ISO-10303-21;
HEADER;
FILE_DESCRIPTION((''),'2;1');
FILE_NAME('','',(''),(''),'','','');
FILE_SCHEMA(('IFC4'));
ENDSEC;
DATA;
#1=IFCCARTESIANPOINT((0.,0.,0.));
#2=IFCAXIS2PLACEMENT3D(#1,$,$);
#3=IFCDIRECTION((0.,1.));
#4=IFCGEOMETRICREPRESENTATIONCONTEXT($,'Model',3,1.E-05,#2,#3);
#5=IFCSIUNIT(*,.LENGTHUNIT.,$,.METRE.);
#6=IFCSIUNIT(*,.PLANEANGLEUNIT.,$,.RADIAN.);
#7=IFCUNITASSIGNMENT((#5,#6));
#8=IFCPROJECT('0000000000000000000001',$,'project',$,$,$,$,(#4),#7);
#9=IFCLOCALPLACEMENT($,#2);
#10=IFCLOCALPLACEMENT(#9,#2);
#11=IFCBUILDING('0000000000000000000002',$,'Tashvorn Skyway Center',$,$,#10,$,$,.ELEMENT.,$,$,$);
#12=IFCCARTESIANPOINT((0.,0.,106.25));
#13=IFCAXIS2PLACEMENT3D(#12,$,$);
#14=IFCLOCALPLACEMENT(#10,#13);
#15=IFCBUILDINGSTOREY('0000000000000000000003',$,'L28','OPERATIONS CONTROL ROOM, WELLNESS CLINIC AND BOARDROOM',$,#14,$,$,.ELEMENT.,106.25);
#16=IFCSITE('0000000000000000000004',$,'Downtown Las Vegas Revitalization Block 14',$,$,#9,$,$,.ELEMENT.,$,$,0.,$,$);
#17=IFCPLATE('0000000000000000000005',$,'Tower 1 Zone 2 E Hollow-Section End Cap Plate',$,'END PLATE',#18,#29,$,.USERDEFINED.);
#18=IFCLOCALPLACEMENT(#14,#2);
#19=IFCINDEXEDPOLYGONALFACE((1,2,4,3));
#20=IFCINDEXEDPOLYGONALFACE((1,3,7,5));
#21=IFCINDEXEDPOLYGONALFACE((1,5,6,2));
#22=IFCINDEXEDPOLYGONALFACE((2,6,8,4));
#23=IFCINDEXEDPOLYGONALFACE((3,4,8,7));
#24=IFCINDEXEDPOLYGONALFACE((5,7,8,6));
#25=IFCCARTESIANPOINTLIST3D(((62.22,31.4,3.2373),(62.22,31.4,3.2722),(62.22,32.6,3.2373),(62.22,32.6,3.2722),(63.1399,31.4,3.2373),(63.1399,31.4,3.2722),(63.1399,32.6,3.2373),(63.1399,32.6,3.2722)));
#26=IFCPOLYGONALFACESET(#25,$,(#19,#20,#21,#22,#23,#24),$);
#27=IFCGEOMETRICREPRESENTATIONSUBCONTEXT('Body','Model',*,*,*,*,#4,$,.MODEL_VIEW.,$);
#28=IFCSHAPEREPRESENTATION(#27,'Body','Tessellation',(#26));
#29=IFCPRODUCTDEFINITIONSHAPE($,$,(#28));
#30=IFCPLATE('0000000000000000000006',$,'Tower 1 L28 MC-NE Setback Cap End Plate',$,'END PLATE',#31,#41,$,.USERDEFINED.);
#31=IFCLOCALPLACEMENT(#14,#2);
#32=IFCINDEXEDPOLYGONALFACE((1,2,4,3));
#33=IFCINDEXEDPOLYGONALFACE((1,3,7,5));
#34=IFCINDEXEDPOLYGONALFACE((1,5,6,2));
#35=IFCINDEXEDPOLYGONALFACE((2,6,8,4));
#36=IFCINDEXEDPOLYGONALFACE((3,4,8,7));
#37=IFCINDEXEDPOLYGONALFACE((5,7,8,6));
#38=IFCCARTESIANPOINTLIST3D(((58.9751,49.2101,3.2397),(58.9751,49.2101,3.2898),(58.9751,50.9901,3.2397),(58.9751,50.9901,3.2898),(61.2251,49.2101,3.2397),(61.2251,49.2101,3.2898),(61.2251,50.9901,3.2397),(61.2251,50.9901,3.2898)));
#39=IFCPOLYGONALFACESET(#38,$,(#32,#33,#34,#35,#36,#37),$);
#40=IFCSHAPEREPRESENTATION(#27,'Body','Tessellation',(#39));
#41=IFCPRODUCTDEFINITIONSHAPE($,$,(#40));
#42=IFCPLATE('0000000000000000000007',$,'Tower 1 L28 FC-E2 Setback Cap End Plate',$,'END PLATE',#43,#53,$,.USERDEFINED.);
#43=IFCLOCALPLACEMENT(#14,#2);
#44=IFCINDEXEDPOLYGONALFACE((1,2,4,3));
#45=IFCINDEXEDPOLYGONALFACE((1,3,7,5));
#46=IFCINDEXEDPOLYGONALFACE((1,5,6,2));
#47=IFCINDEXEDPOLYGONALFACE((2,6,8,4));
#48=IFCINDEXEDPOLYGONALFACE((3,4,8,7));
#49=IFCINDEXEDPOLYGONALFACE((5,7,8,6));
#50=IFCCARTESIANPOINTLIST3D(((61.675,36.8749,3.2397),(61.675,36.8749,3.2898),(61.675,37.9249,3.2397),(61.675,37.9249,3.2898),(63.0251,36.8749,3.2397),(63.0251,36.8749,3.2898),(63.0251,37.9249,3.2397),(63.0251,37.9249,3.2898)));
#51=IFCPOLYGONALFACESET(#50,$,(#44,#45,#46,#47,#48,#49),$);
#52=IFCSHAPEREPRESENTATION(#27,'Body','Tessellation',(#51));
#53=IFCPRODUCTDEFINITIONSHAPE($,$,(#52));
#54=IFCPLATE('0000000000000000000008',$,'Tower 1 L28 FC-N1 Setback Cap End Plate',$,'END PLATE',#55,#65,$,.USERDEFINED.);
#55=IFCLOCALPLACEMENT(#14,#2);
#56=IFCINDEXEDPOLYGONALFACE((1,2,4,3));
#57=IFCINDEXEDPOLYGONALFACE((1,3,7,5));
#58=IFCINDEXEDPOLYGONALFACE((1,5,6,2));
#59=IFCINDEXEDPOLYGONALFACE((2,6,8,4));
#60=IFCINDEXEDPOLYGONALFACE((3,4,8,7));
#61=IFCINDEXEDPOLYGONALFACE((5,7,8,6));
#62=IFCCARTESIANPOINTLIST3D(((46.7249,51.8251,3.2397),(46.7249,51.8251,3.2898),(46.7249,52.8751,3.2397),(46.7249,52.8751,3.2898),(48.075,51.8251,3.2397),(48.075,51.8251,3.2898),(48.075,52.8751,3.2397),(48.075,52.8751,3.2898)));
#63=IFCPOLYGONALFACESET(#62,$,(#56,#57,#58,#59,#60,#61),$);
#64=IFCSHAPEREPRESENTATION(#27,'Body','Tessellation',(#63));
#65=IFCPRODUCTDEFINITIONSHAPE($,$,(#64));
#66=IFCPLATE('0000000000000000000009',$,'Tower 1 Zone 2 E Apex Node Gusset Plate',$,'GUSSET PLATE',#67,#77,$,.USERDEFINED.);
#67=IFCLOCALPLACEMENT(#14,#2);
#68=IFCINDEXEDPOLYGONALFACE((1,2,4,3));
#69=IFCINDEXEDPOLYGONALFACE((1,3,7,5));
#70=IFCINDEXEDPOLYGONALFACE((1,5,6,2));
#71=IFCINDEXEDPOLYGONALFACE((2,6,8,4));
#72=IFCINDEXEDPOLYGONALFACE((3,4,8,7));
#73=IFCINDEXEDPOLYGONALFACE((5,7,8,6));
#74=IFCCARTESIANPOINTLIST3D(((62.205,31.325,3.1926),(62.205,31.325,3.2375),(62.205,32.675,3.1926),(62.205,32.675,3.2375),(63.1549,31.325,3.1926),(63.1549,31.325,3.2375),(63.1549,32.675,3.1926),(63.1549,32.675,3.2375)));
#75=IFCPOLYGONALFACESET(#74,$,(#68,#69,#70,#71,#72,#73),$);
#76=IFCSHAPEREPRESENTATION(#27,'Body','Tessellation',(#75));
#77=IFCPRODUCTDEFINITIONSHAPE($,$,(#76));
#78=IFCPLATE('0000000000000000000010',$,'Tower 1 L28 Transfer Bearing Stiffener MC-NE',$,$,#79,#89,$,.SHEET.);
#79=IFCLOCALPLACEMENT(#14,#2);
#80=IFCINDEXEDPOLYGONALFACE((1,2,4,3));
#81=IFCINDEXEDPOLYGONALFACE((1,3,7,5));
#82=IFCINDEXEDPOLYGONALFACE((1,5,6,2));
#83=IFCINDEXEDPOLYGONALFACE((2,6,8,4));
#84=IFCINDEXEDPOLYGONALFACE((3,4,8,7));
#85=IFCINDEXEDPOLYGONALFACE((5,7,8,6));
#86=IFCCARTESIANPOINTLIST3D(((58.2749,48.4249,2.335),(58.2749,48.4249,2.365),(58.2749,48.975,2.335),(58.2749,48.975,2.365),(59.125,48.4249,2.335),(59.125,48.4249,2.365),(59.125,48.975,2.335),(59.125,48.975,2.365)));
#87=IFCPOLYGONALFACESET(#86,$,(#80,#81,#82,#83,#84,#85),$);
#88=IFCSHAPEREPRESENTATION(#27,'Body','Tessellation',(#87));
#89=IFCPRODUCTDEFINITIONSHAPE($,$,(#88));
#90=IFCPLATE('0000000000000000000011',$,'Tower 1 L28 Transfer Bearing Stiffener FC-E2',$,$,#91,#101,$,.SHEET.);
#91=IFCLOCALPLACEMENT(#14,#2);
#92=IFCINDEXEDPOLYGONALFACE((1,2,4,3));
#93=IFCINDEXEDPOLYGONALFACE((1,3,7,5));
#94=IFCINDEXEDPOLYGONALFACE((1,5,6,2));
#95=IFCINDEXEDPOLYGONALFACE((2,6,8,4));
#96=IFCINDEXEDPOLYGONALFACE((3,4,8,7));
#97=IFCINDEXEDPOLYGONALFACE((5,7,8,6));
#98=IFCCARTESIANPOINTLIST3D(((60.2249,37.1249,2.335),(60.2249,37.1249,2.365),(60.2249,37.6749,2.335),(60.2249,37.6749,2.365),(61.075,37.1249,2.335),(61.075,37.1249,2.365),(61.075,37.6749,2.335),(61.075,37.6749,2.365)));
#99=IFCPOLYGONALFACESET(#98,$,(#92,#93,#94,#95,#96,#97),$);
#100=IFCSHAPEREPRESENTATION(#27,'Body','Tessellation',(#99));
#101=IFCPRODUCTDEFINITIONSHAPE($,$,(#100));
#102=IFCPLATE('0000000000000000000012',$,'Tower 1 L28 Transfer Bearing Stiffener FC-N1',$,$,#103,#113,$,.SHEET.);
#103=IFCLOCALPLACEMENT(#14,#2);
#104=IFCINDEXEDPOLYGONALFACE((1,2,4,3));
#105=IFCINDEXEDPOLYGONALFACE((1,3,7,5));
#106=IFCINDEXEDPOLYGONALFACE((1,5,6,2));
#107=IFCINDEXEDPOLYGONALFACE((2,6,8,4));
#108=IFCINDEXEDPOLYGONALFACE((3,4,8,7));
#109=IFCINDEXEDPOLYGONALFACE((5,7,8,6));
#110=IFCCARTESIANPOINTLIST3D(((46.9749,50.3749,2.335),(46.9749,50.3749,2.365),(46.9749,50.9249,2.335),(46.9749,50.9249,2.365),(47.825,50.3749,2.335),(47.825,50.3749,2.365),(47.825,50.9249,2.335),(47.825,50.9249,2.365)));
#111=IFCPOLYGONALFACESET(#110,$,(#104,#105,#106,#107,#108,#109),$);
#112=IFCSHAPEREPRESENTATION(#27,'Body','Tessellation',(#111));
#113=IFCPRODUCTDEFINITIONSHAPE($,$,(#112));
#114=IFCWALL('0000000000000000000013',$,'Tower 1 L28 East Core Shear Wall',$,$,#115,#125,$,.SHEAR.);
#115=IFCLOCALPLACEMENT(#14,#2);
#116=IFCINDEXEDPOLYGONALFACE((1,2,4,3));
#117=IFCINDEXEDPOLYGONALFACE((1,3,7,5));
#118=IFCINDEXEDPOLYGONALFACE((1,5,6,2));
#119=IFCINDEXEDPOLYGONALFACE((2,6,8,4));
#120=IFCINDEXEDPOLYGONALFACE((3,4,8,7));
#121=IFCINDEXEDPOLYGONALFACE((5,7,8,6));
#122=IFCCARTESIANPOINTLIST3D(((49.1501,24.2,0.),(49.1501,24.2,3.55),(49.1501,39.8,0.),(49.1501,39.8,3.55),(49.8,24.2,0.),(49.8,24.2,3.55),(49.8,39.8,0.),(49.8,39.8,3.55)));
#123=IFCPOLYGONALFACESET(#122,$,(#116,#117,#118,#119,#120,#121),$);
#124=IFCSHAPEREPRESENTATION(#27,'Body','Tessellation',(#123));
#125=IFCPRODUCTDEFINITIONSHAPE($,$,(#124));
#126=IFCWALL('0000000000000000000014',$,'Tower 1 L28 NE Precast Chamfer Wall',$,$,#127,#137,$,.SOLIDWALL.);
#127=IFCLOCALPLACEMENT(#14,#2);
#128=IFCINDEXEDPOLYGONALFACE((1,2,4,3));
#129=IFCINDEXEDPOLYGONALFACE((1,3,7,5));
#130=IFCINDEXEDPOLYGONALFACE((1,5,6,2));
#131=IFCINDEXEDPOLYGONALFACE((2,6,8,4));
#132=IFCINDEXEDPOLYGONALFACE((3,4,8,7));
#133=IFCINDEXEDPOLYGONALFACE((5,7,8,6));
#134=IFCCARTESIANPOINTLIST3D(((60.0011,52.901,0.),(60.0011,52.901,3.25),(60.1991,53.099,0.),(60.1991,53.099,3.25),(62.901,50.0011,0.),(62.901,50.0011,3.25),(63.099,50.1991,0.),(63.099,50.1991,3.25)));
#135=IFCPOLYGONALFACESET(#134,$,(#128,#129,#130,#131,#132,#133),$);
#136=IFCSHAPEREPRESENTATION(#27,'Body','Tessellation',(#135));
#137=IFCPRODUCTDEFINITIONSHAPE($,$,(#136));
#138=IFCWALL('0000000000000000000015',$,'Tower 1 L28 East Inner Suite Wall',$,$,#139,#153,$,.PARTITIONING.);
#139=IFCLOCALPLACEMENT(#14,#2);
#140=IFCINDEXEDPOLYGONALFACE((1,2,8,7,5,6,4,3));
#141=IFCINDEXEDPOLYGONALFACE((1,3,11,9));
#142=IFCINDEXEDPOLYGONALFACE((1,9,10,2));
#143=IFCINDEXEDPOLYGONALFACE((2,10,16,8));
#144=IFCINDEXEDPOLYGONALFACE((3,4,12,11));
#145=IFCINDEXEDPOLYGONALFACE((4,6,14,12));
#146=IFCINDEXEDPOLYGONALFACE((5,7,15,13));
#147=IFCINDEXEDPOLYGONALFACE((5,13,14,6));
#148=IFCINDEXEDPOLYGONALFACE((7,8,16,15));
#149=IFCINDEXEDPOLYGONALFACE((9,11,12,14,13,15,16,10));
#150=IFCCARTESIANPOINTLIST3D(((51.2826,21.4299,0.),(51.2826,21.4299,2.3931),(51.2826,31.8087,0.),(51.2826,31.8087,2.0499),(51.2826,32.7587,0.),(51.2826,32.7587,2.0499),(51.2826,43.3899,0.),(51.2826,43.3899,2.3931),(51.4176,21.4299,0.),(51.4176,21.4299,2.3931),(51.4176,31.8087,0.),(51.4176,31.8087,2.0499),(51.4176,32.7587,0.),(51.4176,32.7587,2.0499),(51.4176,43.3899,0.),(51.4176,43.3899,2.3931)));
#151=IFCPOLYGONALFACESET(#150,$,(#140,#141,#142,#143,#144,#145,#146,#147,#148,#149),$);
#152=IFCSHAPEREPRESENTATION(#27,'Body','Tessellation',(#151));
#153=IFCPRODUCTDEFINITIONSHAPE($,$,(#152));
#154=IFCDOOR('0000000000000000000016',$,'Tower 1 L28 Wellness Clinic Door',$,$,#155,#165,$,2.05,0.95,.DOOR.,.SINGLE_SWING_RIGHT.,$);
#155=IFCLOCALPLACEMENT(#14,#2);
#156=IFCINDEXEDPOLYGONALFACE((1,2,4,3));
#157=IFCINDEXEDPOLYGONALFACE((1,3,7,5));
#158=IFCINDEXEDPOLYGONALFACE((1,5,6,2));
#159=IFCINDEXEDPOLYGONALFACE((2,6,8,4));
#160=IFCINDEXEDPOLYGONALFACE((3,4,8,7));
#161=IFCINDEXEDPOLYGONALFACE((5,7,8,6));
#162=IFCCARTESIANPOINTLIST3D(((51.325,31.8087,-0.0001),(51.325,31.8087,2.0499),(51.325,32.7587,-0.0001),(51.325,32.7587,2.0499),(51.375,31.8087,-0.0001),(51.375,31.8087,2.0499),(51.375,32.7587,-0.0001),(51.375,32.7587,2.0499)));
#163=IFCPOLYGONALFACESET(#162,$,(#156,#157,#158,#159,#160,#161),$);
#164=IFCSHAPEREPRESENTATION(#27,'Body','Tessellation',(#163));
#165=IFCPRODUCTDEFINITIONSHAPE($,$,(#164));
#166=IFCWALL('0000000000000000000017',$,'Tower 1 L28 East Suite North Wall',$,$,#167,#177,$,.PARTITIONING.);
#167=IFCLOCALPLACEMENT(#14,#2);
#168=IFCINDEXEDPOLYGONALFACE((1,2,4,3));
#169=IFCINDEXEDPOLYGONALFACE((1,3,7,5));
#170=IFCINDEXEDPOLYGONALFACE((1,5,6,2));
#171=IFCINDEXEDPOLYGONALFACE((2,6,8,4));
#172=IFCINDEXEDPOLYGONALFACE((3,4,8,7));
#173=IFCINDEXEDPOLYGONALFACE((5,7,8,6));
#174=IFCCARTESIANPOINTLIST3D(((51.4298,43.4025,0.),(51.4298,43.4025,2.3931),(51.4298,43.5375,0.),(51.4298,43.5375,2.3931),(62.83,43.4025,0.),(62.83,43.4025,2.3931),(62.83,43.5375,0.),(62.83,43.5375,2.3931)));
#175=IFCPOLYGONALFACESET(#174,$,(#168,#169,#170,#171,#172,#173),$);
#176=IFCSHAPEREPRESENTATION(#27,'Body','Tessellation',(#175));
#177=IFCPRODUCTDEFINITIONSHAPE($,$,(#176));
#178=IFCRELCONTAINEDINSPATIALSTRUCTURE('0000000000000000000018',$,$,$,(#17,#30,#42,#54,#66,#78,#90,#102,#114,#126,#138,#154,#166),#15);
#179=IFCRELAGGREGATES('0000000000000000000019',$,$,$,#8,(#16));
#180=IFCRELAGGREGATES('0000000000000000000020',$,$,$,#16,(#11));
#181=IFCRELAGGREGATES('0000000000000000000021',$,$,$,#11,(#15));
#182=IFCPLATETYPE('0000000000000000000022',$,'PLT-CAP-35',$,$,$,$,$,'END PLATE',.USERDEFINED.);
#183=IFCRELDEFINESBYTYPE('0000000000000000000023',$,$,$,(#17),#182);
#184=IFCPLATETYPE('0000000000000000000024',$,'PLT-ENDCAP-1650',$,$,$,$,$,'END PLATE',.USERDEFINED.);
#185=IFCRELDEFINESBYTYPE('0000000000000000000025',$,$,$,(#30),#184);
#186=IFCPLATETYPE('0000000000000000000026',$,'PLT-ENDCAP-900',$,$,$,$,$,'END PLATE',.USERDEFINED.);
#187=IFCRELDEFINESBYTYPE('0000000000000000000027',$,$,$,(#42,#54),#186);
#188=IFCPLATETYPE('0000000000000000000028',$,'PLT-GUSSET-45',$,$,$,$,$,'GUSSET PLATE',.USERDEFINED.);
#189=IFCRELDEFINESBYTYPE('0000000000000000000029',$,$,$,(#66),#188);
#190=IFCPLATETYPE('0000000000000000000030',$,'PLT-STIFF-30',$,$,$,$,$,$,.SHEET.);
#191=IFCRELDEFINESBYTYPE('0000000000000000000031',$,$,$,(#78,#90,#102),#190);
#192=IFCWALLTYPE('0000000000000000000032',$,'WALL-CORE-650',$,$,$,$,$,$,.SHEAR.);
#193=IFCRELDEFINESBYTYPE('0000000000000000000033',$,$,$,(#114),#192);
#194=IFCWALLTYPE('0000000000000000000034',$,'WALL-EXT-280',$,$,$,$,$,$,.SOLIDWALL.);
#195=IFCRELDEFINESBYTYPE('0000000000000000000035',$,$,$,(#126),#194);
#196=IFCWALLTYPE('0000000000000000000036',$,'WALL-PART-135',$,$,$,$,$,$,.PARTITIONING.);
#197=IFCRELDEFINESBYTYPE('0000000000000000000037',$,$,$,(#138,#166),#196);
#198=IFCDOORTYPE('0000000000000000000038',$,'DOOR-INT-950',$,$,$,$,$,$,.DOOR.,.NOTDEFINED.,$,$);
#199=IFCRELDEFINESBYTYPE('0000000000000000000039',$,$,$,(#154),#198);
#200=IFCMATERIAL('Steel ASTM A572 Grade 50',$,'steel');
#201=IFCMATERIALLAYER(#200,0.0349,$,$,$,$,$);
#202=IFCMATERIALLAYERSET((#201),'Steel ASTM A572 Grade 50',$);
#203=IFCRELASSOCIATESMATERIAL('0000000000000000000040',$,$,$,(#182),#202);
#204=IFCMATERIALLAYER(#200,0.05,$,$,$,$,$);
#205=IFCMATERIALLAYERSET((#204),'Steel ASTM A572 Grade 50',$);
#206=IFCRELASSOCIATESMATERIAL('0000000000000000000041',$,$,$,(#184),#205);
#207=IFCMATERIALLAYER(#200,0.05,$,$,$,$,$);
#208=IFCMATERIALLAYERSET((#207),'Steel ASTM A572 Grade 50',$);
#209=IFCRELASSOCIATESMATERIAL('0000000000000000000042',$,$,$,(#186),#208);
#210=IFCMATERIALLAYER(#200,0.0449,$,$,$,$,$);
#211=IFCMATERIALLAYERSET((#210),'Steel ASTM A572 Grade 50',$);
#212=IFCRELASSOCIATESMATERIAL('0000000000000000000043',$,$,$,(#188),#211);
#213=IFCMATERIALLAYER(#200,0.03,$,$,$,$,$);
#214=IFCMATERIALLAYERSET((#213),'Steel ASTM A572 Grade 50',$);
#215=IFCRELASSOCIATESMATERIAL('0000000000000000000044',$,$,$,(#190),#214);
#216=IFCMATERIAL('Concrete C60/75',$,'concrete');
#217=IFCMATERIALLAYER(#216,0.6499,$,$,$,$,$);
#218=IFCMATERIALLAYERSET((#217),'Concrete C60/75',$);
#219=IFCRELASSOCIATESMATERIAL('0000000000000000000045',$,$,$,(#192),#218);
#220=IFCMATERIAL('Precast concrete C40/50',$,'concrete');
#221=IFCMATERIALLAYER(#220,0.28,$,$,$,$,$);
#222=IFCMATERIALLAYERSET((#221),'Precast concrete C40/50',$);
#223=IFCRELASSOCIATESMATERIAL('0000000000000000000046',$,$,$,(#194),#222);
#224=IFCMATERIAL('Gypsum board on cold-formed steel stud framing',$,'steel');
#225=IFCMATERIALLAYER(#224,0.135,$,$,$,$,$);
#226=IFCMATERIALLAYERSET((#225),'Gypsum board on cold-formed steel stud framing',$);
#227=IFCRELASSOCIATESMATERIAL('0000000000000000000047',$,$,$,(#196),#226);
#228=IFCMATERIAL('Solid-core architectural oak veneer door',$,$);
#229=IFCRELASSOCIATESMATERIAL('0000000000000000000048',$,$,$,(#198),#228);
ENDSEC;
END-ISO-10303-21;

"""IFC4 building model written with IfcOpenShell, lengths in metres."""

from ifc_helpers import new_model, si_unit, direction, frame, frame_2d, origin, origin_2d, place, context, subcontext, project, spatial, rectangle, extrude, material, layer, layer_set, type_object, element, fill, save


model = new_model("IFC4")

# Units and contexts
model_context = context("Model", 3, precision=1e-05, world=origin(), true_north=direction((0.0, 1.0)))
body_context = subcontext(model_context, "Body", "Model", "MODEL_VIEW")
ifc_project = project(units=[si_unit("LENGTHUNIT", "METRE"), si_unit("PLANEANGLEUNIT", "RADIAN")], contexts=[model_context])

# Site, building, storey
site_placement = place(None, origin())
site = spatial("IfcSite", under=ifc_project, at=site_placement, Name="Downtown Las Vegas Revitalization Block 14", CompositionType="ELEMENT", RefElevation=0.0)
building_placement = place(site_placement, origin())
building = spatial("IfcBuilding", under=site, at=building_placement, Name="Tashvorn Skyway Center", CompositionType="ELEMENT")
storey_placement = place(building_placement, frame((0.0, 0.0, 106.25)))
storey = spatial("IfcBuildingStorey", under=building, at=storey_placement, Name="L28", Description="OPERATIONS CONTROL ROOM, WELLNESS CLINIC AND BOARDROOM", CompositionType="ELEMENT", Elevation=106.25)

# Shared definitions
ifc_material_1 = material(Name="Steel ASTM A572 Grade 50", Category="steel")

# Plates
ifc_layer_1 = layer(ifc_material_1, 0.0349)
ifc_layer_set_1 = layer_set([ifc_layer_1], Name="Steel ASTM A572 Grade 50")
plate_type_1 = type_object("IfcPlateType", Name="PLT-CAP-35", ElementType="END PLATE", PredefinedType="USERDEFINED", material=ifc_layer_set_1)
plate_1_placement = place(storey_placement, frame((62.6799, 32.0, 3.2373), z_axis=(0.0, 0.0, 1.0), x_axis=(0.0, 1.0, 0.0)))
element("IfcPlate", 1, at=plate_1_placement, inside=storey, type_object=plate_type_1, Name="Tower 1 Zone 2 E Hollow-Section End Cap Plate", ObjectType="END PLATE", PredefinedType="USERDEFINED", context=body_context, shape_type="SweptSolid", body=[
    extrude(rectangle(XDim=1.2, YDim=0.9199, at=origin_2d()), origin(), (0.0, 0.0, 1.0), 0.0349),
])
ifc_layer_2 = layer(ifc_material_1, 0.05)
ifc_layer_set_2 = layer_set([ifc_layer_2], Name="Steel ASTM A572 Grade 50")
plate_type_2 = type_object("IfcPlateType", Name="PLT-ENDCAP-1650", ElementType="END PLATE", PredefinedType="USERDEFINED", material=ifc_layer_set_2)
plate_2_placement = place(storey_placement, frame((60.1001, 50.1001, 3.2397), z_axis=(0.0, 0.0, 1.0), x_axis=(1.0, 0.0, 0.0)))
element("IfcPlate", 2, at=plate_2_placement, inside=storey, type_object=plate_type_2, Name="Tower 1 L28 MC-NE Setback Cap End Plate", ObjectType="END PLATE", PredefinedType="USERDEFINED", context=body_context, shape_type="SweptSolid", body=[
    extrude(rectangle(XDim=2.25, YDim=1.78, at=origin_2d()), origin(), (0.0, 0.0, 1.0), 0.05),
])
ifc_layer_3 = layer(ifc_material_1, 0.05)
ifc_layer_set_3 = layer_set([ifc_layer_3], Name="Steel ASTM A572 Grade 50")
plate_type_3 = type_object("IfcPlateType", Name="PLT-ENDCAP-900", ElementType="END PLATE", PredefinedType="USERDEFINED", material=ifc_layer_set_3)
for number, where, z_axis, x_axis, name in (
    (3, (62.3501, 37.3999, 3.2397), (0.0, 0.0, 1.0), (1.0, 0.0, 0.0), "Tower 1 L28 FC-E2 Setback Cap End Plate"),
    (4, (47.3999, 52.3501, 3.2397), (0.0, 0.0, 1.0), (1.0, 0.0, 0.0), "Tower 1 L28 FC-N1 Setback Cap End Plate"),
):
    element("IfcPlate", number, at=place(storey_placement, frame(where, z_axis=z_axis, x_axis=x_axis)), inside=storey, type_object=plate_type_3, Name=name, ObjectType="END PLATE", PredefinedType="USERDEFINED", context=body_context, shape_type="SweptSolid", body=[
        extrude(rectangle(XDim=1.3501, YDim=1.05, at=origin_2d()), origin(), (0.0, 0.0, 1.0), 0.05),
    ])
ifc_layer_4 = layer(ifc_material_1, 0.0449)
ifc_layer_set_4 = layer_set([ifc_layer_4], Name="Steel ASTM A572 Grade 50")
plate_type_4 = type_object("IfcPlateType", Name="PLT-GUSSET-45", ElementType="GUSSET PLATE", PredefinedType="USERDEFINED", material=ifc_layer_set_4)
plate_3_placement = place(storey_placement, frame((62.6799, 32.0, 3.1926), z_axis=(0.0, 0.0, 1.0), x_axis=(0.0, 1.0, 0.0)))
element("IfcPlate", 5, at=plate_3_placement, inside=storey, type_object=plate_type_4, Name="Tower 1 Zone 2 E Apex Node Gusset Plate", ObjectType="GUSSET PLATE", PredefinedType="USERDEFINED", context=body_context, shape_type="SweptSolid", body=[
    extrude(rectangle(XDim=1.3501, YDim=0.95, at=origin_2d()), origin(), (0.0, 0.0, 1.0), 0.0449),
])
ifc_layer_5 = layer(ifc_material_1, 0.03)
ifc_layer_set_5 = layer_set([ifc_layer_5], Name="Steel ASTM A572 Grade 50")
plate_type_5 = type_object("IfcPlateType", Name="PLT-STIFF-30", PredefinedType="SHEET", material=ifc_layer_set_5)
for number, where, z_axis, x_axis, name in (
    (6, (58.7, 48.7, 2.335), (0.0, 0.0, 1.0), (1.0, 0.0, 0.0), "Tower 1 L28 Transfer Bearing Stiffener MC-NE"),
    (7, (60.6499, 37.3999, 2.335), (0.0, 0.0, 1.0), (1.0, 0.0, 0.0), "Tower 1 L28 Transfer Bearing Stiffener FC-E2"),
    (8, (47.3999, 50.6499, 2.335), (0.0, 0.0, 1.0), (1.0, 0.0, 0.0), "Tower 1 L28 Transfer Bearing Stiffener FC-N1"),
):
    element("IfcPlate", number, at=place(storey_placement, frame(where, z_axis=z_axis, x_axis=x_axis)), inside=storey, type_object=plate_type_5, Name=name, PredefinedType="SHEET", context=body_context, shape_type="SweptSolid", body=[
        extrude(rectangle(XDim=0.8501, YDim=0.55, at=origin_2d()), origin(), (0.0, 0.0, 1.0), 0.03),
    ])

# Walls
ifc_material_2 = material(Name="Concrete C60/75", Category="concrete")
ifc_layer_6 = layer(ifc_material_2, 0.6499)
ifc_layer_set_6 = layer_set([ifc_layer_6], Name="Concrete C60/75")
wall_type_1 = type_object("IfcWallType", Name="WALL-CORE-650", PredefinedType="SHEAR", material=ifc_layer_set_6)
wall_1_placement = place(storey_placement, frame((49.4751, 39.8, 0.0), z_axis=(0.0, 0.0, 1.0), x_axis=(0.0, -1.0, 0.0)))
element("IfcWall", 9, at=wall_1_placement, inside=storey, type_object=wall_type_1, Name="Tower 1 L28 East Core Shear Wall", PredefinedType="SHEAR", context=body_context, shape_type="SweptSolid", body=[
    extrude(rectangle(XDim=15.6001, YDim=0.6499, at=frame_2d((7.8, 0.0))), origin(), (0.0, 0.0, 1.0), 3.55),
])
ifc_material_3 = material(Name="Precast concrete C40/50", Category="concrete")
ifc_layer_7 = layer(ifc_material_3, 0.28)
ifc_layer_set_7 = layer_set([ifc_layer_7], Name="Precast concrete C40/50")
wall_type_2 = type_object("IfcWallType", Name="WALL-EXT-280", PredefinedType="SOLIDWALL", material=ifc_layer_set_7)
wall_2_placement = place(storey_placement, frame((60.1001, 53.0, 0.0), z_axis=(0.0, 0.0, 1.0), x_axis=(0.707107, -0.707107, 0.0)))
element("IfcWall", 10, at=wall_2_placement, inside=storey, type_object=wall_type_2, Name="Tower 1 L28 NE Precast Chamfer Wall", PredefinedType="SOLIDWALL", context=body_context, shape_type="SweptSolid", body=[
    extrude(rectangle(XDim=4.1011, YDim=0.28, at=frame_2d((2.0505, 0.0))), origin(), (0.0, 0.0, 1.0), 3.25),
])

# Wall, opening, door
ifc_material_4 = material(Name="Gypsum board on cold-formed steel stud framing", Category="steel")
ifc_layer_8 = layer(ifc_material_4, 0.135)
ifc_layer_set_8 = layer_set([ifc_layer_8], Name="Gypsum board on cold-formed steel stud framing")
wall_type_3 = type_object("IfcWallType", Name="WALL-PART-135", PredefinedType="PARTITIONING", material=ifc_layer_set_8)
wall_3_placement = place(storey_placement, frame((51.3501, 43.3899, 0.0), z_axis=(0.0, 0.0, 1.0), x_axis=(0.0, -1.0, 0.0)))
wall_3 = element("IfcWall", 11, at=wall_3_placement, inside=storey, type_object=wall_type_3, Name="Tower 1 L28 East Inner Suite Wall", PredefinedType="PARTITIONING", context=body_context, shape_type="SweptSolid", body=[
    extrude(rectangle(XDim=21.96, YDim=0.135, at=frame_2d((10.98, 0.0))), origin(), (0.0, 0.0, 1.0), 2.3931),
])
opening_placement = place(wall_3_placement, frame((10.6311, 0.0, 0.0)))
opening = element("IfcOpeningElement", 12, at=opening_placement, cuts=wall_3, PredefinedType="OPENING", context=body_context, shape_type="SweptSolid", body=[
    extrude(rectangle(XDim=0.95, YDim=2.05, at=frame_2d((0.4751, 1.0249))), frame((0.0, 0.0774, 0.0), z_axis=(0.0, -1.0, 0.0), x_axis=(1.0, 0.0, 0.0)), (0.0, 0.0, 1.0), 0.155),
])
ifc_material_5 = material(Name="Solid-core architectural oak veneer door")
door_type = type_object("IfcDoorType", Name="DOOR-INT-950", OperationType="NOTDEFINED", PredefinedType="DOOR", material=ifc_material_5)
door_placement = place(opening_placement, origin())
door = element("IfcDoor", 13, at=door_placement, inside=storey, type_object=door_type, Name="Tower 1 L28 Wellness Clinic Door", OperationType="SINGLE_SWING_RIGHT", OverallHeight=2.05, OverallWidth=0.95, PredefinedType="DOOR", context=body_context, shape_type="SweptSolid", body=[
    extrude(rectangle(XDim=0.95, YDim=2.05, at=frame_2d((0.4751, 1.0249))), frame((0.0, 0.0249, 0.0), z_axis=(0.0, -1.0, 0.0), x_axis=(1.0, 0.0, 0.0)), (0.0, 0.0, 1.0), 0.05),
])
fill(opening, door)

# Wall
wall_4_placement = place(storey_placement, frame((62.8301, 43.47, 0.0), z_axis=(0.0, 0.0, 1.0), x_axis=(-1.0, 0.0, 0.0)))
element("IfcWall", 14, at=wall_4_placement, inside=storey, type_object=wall_type_3, Name="Tower 1 L28 East Suite North Wall", PredefinedType="PARTITIONING", context=body_context, shape_type="SweptSolid", body=[
    extrude(rectangle(XDim=11.4001, YDim=0.135, at=frame_2d((5.7002, 0.0))), origin(), (0.0, 0.0, 1.0), 2.3931),
])

save(model, "model.ifc")
